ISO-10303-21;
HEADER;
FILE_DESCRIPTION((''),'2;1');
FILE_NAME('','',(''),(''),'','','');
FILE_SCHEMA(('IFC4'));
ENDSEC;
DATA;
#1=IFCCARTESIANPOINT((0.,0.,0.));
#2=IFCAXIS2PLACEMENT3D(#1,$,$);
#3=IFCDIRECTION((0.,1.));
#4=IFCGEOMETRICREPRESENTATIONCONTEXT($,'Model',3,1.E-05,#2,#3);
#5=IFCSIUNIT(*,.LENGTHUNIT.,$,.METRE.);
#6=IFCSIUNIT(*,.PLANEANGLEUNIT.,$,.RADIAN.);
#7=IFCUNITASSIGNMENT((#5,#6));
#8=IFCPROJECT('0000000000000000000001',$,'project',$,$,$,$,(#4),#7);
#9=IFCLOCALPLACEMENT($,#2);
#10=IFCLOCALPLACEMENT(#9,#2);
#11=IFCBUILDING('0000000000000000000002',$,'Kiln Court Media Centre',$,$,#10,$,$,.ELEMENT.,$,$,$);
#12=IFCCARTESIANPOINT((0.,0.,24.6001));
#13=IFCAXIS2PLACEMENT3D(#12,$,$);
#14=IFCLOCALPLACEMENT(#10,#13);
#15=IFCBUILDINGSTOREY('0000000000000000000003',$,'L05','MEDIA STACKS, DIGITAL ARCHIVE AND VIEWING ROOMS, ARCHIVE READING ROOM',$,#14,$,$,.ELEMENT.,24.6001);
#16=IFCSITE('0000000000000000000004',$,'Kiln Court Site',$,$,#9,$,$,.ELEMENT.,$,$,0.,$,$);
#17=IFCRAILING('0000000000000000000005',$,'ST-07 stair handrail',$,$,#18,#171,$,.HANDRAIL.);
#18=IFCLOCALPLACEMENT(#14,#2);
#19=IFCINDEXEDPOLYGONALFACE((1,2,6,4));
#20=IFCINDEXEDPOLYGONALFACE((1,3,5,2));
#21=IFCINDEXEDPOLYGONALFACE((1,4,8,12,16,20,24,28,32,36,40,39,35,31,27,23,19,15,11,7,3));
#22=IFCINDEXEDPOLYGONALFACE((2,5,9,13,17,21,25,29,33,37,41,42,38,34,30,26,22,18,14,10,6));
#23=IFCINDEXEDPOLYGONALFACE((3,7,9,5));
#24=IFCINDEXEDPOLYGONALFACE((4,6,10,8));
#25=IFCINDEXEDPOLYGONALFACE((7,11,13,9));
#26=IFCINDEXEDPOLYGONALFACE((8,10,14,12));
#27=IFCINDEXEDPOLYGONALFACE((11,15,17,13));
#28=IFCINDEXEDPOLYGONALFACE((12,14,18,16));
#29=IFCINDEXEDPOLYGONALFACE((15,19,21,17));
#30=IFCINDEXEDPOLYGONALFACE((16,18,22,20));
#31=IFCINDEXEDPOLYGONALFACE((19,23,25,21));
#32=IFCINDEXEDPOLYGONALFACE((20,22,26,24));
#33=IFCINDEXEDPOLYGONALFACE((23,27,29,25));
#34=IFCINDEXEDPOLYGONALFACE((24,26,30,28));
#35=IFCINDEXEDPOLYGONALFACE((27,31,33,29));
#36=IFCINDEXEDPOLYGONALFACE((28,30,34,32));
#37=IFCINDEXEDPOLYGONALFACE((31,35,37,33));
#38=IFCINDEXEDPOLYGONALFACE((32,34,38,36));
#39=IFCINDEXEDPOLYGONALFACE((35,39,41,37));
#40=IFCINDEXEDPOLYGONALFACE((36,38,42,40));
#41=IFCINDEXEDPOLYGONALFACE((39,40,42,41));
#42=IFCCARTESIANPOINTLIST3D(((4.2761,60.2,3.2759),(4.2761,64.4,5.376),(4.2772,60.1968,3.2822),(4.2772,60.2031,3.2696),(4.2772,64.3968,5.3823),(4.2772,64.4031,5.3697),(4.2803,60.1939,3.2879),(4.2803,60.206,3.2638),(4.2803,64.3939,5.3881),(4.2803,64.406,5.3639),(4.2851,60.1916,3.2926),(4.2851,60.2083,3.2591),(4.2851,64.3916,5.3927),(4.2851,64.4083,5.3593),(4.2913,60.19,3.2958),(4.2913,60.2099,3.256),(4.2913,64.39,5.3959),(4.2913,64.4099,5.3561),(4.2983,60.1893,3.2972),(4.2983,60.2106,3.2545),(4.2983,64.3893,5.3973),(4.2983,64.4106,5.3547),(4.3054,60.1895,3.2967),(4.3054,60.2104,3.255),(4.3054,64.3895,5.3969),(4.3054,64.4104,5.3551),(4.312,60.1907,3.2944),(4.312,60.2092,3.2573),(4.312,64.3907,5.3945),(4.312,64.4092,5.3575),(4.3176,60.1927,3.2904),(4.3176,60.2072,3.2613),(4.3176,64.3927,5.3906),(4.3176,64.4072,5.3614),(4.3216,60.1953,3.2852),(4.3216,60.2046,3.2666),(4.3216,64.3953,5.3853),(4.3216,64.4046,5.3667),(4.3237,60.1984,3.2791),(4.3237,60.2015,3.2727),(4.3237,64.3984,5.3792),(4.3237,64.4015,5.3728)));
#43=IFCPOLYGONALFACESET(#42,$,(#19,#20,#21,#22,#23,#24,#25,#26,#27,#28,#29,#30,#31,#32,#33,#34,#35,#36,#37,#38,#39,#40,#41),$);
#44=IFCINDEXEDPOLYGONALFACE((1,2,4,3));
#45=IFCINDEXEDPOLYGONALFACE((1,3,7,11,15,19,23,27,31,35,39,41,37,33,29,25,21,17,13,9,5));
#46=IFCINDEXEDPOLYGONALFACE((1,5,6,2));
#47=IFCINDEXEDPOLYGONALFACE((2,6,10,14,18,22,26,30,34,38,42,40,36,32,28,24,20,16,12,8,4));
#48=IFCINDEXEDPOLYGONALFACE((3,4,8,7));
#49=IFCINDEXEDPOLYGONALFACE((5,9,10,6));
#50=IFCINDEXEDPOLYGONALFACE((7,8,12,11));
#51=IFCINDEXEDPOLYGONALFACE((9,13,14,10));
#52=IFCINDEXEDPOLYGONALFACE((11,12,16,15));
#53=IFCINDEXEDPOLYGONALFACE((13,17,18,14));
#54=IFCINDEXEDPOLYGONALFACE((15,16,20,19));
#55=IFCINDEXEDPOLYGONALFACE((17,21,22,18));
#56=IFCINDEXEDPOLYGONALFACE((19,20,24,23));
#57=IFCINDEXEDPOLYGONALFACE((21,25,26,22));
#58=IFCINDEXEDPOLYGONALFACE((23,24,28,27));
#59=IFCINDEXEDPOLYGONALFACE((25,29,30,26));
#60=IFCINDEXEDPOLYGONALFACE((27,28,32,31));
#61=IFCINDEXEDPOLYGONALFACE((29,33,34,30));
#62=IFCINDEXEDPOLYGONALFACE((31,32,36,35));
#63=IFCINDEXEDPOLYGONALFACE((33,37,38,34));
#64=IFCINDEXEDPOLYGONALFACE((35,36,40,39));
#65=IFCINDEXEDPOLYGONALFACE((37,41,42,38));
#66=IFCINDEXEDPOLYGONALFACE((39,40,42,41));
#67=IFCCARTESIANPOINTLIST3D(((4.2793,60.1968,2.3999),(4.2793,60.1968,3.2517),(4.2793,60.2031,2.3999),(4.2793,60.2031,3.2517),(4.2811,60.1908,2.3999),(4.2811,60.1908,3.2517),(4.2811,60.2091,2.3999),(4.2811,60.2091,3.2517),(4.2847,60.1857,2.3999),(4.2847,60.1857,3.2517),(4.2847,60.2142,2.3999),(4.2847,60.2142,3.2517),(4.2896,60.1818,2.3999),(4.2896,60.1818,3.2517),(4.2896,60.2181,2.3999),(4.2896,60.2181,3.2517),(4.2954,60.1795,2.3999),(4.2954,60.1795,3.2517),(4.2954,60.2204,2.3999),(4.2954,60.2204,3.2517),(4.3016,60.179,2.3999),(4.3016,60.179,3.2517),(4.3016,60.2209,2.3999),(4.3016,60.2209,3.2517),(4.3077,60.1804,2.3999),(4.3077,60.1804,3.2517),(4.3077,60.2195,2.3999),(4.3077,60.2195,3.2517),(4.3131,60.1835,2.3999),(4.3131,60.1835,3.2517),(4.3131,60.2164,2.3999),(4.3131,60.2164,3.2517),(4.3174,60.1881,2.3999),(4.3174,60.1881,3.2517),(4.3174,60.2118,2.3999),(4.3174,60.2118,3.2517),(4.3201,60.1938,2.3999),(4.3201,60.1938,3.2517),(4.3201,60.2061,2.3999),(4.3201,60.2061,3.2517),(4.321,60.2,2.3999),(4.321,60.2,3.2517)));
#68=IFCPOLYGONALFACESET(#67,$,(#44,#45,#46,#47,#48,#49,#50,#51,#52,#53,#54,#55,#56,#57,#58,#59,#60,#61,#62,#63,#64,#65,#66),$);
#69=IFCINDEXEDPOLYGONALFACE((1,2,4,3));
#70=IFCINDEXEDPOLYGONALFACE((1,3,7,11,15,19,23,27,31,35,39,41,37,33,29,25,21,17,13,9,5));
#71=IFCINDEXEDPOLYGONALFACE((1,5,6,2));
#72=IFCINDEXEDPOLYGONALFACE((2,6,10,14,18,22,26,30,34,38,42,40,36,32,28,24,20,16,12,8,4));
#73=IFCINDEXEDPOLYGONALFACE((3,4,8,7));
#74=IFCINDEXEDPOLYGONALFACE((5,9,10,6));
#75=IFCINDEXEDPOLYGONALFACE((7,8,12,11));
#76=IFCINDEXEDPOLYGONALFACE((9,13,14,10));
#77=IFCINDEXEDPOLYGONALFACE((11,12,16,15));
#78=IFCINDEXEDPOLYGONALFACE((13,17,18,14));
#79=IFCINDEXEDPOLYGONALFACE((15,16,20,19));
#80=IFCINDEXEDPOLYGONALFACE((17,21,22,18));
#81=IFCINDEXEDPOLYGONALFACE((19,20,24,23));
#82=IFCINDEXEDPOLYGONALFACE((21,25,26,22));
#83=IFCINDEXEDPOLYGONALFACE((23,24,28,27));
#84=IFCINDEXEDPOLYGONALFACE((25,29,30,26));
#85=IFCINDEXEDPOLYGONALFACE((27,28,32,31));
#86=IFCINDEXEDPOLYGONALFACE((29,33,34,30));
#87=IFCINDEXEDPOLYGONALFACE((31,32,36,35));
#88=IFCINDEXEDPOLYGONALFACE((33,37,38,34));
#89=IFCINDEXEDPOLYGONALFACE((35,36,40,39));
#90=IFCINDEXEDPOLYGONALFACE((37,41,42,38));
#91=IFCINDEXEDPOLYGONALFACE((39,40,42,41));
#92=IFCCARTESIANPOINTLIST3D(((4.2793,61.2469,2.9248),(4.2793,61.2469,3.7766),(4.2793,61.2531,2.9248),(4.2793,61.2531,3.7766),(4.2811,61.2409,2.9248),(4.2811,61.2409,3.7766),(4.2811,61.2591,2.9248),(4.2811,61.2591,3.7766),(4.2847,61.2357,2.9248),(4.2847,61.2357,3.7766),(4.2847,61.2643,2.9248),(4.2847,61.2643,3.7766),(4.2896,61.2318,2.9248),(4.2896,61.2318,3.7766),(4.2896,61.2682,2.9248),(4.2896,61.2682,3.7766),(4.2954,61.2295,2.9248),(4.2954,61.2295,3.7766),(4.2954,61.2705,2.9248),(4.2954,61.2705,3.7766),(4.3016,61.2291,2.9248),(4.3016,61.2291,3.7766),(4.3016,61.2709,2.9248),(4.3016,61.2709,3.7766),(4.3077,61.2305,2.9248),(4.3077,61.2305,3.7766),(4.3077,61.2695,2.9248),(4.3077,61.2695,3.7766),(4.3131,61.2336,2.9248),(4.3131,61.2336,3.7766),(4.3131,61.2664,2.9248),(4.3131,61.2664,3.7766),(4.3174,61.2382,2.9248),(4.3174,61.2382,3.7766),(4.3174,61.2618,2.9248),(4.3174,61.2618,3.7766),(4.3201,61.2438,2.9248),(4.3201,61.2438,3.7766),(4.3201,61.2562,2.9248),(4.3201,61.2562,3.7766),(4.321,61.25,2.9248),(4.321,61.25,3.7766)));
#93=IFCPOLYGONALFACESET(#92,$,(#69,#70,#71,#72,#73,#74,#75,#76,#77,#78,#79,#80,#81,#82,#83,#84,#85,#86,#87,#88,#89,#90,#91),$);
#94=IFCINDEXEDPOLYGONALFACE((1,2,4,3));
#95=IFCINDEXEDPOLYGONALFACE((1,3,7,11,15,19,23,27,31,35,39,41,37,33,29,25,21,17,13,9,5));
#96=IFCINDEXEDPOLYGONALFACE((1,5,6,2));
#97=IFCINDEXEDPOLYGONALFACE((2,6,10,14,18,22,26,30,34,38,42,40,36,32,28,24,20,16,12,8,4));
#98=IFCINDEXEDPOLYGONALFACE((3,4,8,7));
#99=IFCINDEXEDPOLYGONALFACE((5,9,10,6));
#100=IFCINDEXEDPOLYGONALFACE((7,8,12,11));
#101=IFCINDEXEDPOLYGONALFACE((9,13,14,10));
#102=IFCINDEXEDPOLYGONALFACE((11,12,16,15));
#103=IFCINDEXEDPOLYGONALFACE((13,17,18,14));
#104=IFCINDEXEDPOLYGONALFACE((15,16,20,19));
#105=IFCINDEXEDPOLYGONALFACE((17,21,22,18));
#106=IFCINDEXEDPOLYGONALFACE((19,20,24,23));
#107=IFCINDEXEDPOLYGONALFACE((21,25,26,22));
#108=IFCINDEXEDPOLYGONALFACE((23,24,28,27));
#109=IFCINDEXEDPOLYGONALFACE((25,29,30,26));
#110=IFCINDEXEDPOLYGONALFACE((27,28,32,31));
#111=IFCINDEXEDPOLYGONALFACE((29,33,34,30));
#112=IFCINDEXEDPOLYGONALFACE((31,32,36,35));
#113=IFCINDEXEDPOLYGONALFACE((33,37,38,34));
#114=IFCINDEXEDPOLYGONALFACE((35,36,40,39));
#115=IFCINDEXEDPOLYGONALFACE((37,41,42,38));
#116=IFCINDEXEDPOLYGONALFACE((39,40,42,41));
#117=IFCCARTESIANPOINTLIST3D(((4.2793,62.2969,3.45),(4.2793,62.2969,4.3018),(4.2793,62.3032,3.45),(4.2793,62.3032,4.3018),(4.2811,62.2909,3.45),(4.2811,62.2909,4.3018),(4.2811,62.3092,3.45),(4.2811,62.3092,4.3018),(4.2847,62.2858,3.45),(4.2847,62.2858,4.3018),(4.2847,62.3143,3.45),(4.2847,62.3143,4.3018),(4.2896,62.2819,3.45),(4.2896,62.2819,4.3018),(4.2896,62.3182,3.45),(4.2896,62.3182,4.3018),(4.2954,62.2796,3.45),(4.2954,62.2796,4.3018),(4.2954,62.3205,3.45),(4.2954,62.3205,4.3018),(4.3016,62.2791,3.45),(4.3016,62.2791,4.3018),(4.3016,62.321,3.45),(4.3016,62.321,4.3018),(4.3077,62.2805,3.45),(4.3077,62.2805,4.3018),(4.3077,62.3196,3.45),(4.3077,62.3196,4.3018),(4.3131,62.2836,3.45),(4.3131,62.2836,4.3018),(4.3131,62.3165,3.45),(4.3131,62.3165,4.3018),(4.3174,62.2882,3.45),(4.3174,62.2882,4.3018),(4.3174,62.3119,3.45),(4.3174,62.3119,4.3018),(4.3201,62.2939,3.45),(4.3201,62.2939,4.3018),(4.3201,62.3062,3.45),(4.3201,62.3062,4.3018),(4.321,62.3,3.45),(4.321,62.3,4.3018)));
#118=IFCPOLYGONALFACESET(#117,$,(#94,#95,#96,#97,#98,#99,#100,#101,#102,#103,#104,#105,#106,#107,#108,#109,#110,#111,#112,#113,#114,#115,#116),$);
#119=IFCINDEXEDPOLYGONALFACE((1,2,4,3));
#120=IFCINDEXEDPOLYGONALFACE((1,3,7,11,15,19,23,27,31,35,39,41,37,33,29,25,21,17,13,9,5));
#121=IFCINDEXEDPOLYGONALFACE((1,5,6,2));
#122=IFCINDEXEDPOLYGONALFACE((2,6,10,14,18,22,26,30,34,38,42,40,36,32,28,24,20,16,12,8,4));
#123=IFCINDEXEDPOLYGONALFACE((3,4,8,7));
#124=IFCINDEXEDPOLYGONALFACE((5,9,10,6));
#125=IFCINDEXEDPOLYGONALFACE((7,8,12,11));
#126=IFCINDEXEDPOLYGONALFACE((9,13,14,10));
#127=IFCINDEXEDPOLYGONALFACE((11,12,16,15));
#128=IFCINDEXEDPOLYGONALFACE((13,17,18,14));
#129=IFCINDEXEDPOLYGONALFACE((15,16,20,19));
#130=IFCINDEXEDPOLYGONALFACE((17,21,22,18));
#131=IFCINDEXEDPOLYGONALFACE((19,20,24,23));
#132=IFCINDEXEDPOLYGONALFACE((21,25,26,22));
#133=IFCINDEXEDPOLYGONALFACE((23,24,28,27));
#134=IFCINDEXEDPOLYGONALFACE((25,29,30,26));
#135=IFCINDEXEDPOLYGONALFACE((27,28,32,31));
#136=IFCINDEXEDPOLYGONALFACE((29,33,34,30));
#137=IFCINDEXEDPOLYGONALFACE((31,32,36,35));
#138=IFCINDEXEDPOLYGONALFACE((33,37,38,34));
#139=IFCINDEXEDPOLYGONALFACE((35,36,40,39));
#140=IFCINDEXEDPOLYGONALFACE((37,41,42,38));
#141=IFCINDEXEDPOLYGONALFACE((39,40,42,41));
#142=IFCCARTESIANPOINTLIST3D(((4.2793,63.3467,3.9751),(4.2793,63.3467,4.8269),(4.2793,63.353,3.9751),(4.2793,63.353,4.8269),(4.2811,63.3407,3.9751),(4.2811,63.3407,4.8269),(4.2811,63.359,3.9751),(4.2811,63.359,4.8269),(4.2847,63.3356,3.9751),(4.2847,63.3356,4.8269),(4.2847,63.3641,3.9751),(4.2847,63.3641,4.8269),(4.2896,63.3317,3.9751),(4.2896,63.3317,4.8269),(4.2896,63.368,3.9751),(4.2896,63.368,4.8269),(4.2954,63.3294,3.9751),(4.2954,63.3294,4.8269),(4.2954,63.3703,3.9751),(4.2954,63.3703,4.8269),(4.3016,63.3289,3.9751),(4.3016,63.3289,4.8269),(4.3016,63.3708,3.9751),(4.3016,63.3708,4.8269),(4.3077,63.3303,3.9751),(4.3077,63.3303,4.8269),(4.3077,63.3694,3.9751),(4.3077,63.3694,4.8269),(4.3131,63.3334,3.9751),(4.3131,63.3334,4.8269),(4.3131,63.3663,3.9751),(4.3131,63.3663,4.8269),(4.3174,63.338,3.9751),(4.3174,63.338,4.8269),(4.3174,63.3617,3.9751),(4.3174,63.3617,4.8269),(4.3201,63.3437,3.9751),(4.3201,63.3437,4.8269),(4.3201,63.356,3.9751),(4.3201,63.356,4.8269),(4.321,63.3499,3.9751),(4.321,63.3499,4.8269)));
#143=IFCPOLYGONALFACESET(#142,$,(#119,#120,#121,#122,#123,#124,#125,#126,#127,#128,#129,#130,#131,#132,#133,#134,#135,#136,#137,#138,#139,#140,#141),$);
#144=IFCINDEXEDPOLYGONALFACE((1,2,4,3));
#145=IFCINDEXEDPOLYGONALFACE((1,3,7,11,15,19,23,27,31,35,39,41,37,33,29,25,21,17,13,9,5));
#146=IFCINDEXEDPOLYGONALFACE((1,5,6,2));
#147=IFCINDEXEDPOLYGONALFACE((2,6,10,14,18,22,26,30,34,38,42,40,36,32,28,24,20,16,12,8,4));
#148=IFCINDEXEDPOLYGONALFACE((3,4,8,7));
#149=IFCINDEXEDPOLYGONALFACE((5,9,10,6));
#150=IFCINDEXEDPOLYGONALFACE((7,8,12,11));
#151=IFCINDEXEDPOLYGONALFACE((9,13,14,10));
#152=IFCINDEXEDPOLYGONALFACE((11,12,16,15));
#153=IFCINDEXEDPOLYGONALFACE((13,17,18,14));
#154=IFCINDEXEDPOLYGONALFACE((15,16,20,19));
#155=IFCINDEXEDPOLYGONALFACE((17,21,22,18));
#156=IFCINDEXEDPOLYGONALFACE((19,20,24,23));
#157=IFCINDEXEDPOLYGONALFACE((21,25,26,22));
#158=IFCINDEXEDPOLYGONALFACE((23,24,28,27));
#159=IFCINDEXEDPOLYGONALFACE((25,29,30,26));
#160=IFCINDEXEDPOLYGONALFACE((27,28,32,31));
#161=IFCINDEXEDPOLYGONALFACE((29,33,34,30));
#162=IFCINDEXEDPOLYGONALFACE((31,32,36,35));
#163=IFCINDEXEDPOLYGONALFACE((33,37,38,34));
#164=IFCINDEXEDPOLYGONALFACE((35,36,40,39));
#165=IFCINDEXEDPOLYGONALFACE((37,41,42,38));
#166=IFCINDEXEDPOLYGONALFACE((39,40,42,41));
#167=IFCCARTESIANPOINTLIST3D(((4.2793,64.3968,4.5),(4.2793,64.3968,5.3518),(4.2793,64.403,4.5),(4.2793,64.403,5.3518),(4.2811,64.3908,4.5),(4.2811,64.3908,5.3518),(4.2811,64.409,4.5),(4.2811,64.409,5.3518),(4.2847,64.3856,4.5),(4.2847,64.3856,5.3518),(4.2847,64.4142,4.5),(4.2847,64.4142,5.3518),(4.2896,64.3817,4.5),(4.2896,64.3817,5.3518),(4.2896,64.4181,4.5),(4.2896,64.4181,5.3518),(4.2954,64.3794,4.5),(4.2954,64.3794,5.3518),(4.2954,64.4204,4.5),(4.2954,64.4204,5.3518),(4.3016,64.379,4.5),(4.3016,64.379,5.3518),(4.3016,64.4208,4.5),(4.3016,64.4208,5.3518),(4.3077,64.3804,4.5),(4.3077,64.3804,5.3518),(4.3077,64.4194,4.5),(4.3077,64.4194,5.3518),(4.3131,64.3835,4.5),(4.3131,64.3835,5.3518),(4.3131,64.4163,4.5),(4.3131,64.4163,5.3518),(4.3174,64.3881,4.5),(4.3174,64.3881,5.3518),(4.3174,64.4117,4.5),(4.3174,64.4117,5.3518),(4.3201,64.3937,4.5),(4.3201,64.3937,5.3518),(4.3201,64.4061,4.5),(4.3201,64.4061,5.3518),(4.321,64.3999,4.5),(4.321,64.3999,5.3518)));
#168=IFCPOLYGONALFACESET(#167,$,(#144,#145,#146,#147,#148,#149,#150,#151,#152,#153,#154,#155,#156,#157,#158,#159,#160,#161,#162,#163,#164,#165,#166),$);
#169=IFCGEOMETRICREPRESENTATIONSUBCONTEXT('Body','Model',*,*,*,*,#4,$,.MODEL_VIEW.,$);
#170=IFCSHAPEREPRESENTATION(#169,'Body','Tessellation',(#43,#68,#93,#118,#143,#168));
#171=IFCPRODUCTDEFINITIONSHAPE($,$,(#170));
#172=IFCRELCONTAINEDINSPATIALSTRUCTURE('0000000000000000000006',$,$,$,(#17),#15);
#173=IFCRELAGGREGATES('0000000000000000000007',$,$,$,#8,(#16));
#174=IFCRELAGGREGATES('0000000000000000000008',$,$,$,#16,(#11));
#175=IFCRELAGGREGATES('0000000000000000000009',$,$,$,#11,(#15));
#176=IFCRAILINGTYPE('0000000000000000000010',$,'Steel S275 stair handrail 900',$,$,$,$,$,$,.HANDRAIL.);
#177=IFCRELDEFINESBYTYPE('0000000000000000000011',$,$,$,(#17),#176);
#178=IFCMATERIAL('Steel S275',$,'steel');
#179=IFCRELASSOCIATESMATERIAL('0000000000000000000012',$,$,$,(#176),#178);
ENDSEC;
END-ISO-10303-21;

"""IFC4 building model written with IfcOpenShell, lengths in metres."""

from ifc_helpers import new_model, si_unit, direction, frame, origin, origin_2d, place, context, subcontext, project, spatial, circle, extrude, material, type_object, element, save


model = new_model("IFC4")

# Units and contexts
model_context = context("Model", 3, precision=1e-05, world=origin(), true_north=direction((0.0, 1.0)))
body_context = subcontext(model_context, "Body", "Model", "MODEL_VIEW")
ifc_project = project(units=[si_unit("LENGTHUNIT", "METRE"), si_unit("PLANEANGLEUNIT", "RADIAN")], contexts=[model_context])

# Site, building, storey
site_placement = place(None, origin())
site = spatial("IfcSite", under=ifc_project, at=site_placement, Name="Kiln Court Site", CompositionType="ELEMENT", RefElevation=0.0)
building_placement = place(site_placement, origin())
building = spatial("IfcBuilding", under=site, at=building_placement, Name="Kiln Court Media Centre", CompositionType="ELEMENT")
storey_placement = place(building_placement, frame((0.0, 0.0, 24.6001)))
storey = spatial("IfcBuildingStorey", under=building, at=storey_placement, Name="L05", Description="MEDIA STACKS, DIGITAL ARCHIVE AND VIEWING ROOMS, ARCHIVE READING ROOM", CompositionType="ELEMENT", Elevation=24.6001)

# Railing
ifc_material_1 = material(Name="Steel S275", Category="steel")
railing_type_1 = type_object("IfcRailingType", Name="Steel S275 stair handrail 900", PredefinedType="HANDRAIL", material=ifc_material_1)
railing_1_placement = place(storey_placement, frame((4.3, 60.2, 2.3999)))
element("IfcRailing", 1, at=railing_1_placement, inside=storey, type_object=railing_type_1, Name="ST-07 stair handrail", PredefinedType="HANDRAIL", context=body_context, shape_type="SweptSolid", body=[
    extrude(circle(Radius=0.0239, at=origin_2d()), frame((0.0, 0.0, 0.876), z_axis=(0.0, 0.894417, 0.447234), x_axis=(-1.0, 0.0, 0.0)), (0.0, 0.0, 1.0), 4.6958),
    extrude(circle(Radius=0.021, at=origin_2d()), origin(), (0.0, 0.0, 1.0), 0.8518),
    extrude(circle(Radius=0.021, at=origin_2d()), frame((0.0, 1.05, 0.5249)), (0.0, 0.0, 1.0), 0.8518),
    extrude(circle(Radius=0.021, at=origin_2d()), frame((0.0, 2.1001, 1.05)), (0.0, 0.0, 1.0), 0.8518),
    extrude(circle(Radius=0.021, at=origin_2d()), frame((0.0, 3.1499, 1.5752)), (0.0, 0.0, 1.0), 0.8518),
    extrude(circle(Radius=0.021, at=origin_2d()), frame((0.0, 4.2, 2.1001)), (0.0, 0.0, 1.0), 0.8518),
])

save(model, "model.ifc")
